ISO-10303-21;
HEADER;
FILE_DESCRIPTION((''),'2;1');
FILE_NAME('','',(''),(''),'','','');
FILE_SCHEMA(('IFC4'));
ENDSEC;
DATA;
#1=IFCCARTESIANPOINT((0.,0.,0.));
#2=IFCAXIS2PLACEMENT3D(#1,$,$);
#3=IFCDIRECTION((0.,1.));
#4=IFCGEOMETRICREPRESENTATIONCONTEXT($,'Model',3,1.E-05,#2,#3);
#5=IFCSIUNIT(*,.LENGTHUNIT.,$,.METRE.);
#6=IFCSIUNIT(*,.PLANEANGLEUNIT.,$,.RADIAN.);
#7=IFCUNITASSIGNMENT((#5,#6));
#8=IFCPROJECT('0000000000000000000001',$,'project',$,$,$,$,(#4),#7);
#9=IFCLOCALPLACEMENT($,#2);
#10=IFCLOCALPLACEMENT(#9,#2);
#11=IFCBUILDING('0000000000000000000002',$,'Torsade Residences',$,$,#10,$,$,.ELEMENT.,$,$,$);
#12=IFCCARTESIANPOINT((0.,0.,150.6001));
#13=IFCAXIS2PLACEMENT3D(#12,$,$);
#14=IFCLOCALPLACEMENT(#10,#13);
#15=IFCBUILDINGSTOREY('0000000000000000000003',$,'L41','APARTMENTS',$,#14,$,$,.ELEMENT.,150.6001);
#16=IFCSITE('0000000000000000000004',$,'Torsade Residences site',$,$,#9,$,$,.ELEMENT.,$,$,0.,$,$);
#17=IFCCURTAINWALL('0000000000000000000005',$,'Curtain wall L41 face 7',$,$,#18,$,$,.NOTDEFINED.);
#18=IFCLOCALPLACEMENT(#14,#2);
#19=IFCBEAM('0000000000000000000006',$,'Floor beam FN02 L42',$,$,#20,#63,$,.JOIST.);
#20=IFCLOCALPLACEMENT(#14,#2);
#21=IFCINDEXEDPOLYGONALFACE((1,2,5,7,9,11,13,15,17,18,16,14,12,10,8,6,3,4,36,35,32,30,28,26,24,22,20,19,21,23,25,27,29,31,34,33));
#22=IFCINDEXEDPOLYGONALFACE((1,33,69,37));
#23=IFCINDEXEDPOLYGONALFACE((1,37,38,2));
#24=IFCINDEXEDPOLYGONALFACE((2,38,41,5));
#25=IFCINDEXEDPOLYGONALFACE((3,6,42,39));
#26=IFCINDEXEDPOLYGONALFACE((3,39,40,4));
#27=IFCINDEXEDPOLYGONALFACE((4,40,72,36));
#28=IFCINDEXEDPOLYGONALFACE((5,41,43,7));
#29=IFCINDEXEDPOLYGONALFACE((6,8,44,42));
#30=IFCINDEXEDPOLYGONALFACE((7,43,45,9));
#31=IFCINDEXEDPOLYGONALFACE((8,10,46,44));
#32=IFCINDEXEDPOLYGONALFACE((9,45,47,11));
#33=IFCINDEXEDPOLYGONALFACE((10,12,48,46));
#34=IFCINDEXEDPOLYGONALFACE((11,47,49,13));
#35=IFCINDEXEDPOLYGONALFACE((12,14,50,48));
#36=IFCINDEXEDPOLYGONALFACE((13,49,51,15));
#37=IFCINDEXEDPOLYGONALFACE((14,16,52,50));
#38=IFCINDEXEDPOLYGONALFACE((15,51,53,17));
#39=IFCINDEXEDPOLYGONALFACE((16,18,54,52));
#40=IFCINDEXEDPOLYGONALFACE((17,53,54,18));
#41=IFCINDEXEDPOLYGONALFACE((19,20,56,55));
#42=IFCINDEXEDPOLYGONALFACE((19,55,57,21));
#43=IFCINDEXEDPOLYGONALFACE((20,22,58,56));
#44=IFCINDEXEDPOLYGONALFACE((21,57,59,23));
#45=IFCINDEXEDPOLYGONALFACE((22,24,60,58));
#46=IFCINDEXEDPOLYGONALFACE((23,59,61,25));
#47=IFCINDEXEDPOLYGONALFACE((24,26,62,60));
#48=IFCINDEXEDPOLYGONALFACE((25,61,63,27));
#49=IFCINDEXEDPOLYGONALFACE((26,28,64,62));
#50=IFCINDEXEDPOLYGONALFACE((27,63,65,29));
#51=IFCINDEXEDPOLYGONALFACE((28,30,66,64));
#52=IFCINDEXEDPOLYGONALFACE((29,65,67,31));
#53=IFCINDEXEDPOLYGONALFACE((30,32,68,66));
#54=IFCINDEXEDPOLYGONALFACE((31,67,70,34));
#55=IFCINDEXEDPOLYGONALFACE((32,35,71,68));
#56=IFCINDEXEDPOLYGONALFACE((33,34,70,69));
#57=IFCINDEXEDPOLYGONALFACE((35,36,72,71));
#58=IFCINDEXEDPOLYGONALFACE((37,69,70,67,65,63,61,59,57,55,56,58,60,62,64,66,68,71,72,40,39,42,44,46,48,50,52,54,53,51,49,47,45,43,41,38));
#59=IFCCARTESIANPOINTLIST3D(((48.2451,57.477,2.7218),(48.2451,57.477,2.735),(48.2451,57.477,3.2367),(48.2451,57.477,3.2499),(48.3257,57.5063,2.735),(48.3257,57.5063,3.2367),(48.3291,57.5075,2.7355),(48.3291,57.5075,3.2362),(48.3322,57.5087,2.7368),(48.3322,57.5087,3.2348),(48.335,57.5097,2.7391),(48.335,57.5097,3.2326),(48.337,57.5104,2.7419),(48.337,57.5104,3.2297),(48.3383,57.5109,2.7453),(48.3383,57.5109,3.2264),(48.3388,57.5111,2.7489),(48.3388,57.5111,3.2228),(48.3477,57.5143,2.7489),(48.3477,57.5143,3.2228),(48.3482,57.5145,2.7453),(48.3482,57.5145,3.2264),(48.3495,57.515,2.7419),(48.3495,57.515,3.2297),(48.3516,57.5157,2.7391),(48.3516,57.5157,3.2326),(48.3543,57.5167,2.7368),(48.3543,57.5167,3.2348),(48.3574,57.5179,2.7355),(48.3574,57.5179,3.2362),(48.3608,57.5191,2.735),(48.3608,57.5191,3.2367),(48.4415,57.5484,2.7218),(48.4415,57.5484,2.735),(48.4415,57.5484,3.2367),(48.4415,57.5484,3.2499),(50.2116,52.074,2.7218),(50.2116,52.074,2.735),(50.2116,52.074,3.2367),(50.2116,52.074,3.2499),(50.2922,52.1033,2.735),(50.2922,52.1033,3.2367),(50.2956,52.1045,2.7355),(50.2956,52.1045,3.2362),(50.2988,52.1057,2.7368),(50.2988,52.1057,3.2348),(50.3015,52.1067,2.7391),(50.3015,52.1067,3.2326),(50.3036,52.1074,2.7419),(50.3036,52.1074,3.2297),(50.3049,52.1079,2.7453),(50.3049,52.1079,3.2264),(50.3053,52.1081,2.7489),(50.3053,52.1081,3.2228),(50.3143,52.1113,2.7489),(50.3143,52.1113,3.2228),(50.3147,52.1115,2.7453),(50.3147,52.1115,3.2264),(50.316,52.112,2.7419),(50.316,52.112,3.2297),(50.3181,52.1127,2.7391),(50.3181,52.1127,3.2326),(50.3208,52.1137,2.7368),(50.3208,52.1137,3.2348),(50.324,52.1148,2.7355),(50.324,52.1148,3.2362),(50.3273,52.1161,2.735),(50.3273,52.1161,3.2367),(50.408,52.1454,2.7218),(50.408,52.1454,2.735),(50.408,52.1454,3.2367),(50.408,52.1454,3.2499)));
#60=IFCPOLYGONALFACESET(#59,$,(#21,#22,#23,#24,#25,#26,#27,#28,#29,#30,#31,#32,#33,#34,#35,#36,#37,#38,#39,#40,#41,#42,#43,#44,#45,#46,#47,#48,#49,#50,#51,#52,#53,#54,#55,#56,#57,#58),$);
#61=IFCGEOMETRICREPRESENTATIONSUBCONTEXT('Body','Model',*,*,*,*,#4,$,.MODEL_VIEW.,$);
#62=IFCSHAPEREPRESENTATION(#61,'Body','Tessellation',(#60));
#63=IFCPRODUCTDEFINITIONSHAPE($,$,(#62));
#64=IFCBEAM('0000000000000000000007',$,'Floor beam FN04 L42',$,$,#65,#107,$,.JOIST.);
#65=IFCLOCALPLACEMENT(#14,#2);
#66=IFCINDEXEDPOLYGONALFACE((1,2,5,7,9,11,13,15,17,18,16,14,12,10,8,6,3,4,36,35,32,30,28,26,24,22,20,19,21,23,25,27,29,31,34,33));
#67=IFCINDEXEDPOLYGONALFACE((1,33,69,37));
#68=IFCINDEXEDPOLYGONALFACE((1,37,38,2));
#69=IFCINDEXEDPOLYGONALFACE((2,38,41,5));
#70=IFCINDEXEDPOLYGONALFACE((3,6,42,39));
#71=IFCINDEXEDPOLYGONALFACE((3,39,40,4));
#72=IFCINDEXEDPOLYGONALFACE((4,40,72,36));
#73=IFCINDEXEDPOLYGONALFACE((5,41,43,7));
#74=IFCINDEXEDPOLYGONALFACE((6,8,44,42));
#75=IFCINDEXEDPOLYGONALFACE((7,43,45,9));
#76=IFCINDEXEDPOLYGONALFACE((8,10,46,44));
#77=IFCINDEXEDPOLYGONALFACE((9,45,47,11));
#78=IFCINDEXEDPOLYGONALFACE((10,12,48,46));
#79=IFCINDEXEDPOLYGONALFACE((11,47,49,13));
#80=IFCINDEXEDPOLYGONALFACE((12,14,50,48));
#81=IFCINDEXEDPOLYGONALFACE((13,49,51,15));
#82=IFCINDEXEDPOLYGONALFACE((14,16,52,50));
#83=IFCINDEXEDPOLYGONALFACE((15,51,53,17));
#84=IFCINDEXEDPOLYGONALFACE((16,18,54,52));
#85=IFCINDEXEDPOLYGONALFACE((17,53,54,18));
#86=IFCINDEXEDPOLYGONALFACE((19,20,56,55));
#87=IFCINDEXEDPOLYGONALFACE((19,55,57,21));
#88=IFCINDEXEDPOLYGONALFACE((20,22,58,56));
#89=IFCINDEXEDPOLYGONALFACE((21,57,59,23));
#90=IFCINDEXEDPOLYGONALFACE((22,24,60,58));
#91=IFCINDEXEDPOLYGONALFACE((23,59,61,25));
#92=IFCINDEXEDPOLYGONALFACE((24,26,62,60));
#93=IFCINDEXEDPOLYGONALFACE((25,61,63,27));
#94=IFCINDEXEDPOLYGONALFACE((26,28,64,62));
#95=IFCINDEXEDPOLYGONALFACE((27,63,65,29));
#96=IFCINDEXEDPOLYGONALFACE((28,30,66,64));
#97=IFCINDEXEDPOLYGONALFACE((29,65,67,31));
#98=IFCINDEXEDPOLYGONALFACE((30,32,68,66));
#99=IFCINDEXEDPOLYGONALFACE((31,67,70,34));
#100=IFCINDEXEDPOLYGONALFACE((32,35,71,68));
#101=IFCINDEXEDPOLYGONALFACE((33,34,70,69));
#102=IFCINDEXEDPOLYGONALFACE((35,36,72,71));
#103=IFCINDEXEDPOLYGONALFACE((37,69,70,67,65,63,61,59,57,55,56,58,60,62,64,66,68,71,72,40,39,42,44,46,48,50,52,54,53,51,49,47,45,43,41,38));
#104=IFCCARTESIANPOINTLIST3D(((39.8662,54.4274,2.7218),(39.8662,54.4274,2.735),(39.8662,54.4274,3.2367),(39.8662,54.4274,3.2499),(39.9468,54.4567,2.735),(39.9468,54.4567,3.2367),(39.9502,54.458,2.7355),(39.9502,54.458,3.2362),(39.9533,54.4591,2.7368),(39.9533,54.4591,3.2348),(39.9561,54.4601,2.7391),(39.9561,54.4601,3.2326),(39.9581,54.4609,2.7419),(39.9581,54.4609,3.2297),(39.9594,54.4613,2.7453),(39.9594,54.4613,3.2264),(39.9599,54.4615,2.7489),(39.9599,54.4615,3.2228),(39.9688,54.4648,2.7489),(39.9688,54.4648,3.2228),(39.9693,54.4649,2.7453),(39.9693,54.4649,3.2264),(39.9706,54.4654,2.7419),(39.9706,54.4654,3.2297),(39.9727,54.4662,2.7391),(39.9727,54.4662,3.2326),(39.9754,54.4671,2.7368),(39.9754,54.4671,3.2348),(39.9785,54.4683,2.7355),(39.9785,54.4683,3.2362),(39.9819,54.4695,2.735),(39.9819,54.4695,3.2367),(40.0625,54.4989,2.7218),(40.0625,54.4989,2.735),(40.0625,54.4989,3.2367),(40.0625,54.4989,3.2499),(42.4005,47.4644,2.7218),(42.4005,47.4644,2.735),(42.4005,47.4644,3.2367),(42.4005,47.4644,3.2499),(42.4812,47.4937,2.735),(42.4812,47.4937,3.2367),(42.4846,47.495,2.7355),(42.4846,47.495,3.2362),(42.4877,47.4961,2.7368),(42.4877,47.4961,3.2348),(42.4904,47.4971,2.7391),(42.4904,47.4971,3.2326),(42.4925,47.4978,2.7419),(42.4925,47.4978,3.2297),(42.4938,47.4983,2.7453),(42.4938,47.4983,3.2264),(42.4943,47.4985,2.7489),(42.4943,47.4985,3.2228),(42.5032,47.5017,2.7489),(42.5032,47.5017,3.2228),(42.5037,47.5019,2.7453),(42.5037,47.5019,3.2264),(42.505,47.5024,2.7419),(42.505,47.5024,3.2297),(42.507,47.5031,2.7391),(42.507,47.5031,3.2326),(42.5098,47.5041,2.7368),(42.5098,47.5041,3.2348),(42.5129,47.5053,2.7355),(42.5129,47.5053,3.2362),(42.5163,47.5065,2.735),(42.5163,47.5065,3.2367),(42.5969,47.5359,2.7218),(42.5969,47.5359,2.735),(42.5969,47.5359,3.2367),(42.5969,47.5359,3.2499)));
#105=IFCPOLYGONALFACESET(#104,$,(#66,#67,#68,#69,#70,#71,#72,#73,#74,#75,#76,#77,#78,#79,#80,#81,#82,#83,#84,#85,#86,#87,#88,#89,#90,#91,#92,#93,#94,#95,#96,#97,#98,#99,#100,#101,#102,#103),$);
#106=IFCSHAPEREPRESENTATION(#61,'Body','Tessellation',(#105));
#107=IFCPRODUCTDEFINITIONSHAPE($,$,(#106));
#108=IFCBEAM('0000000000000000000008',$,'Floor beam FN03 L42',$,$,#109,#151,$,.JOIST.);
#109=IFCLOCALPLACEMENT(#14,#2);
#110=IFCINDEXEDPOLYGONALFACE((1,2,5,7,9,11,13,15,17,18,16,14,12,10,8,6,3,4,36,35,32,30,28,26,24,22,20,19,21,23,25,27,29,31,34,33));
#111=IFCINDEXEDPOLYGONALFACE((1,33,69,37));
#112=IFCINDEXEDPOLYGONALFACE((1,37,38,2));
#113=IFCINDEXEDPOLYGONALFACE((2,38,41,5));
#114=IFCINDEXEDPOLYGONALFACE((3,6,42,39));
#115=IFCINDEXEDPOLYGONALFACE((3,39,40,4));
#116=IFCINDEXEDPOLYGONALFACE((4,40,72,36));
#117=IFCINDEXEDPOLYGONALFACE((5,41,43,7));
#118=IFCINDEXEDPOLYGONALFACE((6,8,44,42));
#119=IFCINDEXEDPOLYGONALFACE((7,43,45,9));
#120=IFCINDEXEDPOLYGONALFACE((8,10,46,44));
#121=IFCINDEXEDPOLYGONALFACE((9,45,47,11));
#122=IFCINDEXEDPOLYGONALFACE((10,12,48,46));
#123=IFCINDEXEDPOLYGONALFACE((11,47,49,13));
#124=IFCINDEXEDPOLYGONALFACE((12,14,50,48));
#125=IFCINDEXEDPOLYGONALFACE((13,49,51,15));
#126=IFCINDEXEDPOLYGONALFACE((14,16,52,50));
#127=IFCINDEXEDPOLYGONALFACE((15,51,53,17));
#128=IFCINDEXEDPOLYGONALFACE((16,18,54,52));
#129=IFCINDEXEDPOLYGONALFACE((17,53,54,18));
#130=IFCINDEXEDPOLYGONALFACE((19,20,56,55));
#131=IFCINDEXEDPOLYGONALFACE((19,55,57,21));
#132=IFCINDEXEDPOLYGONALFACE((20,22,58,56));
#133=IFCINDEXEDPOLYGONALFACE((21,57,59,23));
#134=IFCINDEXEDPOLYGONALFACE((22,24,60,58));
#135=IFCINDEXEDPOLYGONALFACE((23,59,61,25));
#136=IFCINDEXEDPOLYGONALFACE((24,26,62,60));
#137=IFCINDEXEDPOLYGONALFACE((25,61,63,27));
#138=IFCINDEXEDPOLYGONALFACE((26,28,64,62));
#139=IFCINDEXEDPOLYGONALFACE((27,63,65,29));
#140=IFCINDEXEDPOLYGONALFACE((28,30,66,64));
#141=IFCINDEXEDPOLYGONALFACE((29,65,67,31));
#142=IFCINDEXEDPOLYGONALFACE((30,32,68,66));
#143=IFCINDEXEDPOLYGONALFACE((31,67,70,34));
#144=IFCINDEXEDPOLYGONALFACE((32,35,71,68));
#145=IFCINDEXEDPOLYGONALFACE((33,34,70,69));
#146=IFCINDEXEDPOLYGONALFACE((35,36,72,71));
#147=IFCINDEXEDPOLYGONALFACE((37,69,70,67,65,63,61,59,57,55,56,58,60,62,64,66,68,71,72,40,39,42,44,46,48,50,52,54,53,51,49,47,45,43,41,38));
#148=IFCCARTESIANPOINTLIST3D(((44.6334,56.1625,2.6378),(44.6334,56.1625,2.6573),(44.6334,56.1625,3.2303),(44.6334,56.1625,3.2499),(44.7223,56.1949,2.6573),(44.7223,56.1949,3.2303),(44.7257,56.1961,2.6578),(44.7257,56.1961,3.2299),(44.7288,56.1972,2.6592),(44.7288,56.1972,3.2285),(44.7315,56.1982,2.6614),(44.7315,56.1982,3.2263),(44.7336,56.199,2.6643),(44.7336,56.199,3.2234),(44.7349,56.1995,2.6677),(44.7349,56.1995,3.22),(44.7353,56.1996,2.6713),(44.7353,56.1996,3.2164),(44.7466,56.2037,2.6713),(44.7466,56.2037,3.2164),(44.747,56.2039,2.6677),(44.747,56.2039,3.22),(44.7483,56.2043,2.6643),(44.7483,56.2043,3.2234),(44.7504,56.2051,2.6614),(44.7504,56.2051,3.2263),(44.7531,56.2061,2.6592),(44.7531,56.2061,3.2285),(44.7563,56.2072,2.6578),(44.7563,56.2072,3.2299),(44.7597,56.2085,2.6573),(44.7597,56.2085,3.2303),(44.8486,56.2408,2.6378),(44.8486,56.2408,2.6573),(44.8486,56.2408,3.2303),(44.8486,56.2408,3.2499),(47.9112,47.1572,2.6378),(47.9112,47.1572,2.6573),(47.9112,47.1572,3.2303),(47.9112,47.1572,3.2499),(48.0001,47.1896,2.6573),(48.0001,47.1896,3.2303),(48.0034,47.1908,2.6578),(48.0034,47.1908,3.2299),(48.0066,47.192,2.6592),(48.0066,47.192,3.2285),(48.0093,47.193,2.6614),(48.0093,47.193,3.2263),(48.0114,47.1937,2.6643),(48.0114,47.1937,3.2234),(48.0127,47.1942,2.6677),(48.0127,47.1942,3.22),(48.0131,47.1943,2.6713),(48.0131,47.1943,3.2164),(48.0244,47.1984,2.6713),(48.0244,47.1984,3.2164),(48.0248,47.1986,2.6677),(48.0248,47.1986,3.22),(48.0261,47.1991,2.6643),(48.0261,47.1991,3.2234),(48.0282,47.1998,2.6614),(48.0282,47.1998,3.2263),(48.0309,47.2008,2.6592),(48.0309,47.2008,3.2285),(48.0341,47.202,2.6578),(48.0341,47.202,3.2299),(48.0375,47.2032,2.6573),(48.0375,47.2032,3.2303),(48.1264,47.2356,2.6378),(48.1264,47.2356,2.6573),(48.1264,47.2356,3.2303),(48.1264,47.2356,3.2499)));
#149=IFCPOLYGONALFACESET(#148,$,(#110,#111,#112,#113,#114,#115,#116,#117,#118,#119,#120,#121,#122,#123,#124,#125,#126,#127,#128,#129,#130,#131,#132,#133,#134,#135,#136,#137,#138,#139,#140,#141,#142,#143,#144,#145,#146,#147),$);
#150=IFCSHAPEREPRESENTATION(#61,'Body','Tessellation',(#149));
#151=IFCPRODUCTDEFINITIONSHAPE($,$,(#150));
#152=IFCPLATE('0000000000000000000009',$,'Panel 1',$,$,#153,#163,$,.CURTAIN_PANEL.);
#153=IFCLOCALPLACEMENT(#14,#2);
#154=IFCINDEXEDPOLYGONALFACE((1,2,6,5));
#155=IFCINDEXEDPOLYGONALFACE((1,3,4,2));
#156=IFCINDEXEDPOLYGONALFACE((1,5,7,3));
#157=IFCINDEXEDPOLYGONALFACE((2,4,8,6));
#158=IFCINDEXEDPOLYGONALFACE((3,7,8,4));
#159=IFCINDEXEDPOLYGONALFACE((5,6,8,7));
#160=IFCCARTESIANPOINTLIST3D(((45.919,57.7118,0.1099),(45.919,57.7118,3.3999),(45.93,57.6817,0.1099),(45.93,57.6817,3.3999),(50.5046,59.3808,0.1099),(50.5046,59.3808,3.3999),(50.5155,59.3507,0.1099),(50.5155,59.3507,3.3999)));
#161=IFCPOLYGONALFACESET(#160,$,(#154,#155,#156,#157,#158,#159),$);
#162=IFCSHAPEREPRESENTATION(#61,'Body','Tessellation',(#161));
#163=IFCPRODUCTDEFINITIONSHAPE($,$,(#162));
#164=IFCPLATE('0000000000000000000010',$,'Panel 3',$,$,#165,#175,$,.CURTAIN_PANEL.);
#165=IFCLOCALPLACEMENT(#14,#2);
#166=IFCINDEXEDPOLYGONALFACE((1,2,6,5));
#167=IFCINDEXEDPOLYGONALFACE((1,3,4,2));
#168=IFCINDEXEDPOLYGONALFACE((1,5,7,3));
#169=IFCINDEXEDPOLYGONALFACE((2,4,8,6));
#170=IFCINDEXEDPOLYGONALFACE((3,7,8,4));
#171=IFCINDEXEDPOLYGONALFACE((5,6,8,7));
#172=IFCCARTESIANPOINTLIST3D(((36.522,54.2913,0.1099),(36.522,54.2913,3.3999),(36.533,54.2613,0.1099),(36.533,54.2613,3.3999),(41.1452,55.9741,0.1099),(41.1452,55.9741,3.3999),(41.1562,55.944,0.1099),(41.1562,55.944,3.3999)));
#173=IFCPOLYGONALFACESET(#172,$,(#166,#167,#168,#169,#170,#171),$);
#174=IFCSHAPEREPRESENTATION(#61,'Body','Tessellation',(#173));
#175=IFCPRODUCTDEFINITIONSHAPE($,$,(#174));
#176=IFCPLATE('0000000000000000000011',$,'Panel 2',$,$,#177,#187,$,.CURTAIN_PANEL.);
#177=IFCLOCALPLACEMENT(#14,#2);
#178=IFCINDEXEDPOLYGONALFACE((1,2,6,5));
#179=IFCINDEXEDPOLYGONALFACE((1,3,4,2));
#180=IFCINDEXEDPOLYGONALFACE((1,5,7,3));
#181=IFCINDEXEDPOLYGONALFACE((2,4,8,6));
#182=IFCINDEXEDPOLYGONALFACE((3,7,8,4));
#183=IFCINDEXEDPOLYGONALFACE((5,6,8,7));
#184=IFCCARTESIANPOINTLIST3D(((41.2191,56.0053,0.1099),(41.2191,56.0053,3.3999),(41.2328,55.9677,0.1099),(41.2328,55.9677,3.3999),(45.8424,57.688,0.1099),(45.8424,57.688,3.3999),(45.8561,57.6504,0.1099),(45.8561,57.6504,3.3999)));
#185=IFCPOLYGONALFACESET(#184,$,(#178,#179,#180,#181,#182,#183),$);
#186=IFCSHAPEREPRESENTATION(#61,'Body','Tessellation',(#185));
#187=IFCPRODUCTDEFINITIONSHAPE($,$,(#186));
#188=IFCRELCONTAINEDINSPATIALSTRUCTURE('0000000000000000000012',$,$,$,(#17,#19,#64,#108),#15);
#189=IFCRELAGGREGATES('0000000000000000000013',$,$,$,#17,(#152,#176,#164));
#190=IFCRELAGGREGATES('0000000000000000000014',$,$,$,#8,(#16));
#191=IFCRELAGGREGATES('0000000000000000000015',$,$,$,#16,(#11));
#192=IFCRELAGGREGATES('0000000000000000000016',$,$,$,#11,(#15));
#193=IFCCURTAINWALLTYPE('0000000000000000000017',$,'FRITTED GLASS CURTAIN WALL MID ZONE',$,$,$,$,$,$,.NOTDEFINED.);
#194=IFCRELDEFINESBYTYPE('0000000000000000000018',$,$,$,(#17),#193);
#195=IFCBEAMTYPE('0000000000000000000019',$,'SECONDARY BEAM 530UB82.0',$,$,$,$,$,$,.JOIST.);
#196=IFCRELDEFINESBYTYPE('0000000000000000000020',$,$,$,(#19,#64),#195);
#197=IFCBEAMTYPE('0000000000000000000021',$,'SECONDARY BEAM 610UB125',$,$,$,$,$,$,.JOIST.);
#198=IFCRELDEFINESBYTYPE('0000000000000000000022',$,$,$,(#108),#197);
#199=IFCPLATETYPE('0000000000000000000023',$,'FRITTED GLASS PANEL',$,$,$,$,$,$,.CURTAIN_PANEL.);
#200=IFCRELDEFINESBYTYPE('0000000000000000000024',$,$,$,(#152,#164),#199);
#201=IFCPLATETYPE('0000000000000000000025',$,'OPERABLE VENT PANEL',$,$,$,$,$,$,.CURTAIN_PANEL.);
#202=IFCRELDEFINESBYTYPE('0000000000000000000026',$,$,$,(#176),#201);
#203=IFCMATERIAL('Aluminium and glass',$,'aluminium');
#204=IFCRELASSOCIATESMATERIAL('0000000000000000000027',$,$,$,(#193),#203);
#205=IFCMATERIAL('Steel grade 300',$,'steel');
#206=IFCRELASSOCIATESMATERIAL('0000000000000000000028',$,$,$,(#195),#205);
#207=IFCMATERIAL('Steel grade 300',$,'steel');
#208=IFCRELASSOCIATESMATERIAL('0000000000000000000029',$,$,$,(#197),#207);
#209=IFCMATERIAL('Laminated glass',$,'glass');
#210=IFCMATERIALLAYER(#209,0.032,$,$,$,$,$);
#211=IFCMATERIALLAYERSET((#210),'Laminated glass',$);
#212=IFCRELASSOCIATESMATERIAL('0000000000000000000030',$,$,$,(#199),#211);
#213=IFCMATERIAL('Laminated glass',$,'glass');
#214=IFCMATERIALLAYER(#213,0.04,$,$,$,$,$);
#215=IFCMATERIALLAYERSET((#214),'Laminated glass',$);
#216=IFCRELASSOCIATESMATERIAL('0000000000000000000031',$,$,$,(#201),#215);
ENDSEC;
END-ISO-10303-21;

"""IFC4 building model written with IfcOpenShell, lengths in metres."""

from ifc_helpers import new_model, si_unit, direction, frame, origin, origin_2d, place, context, subcontext, project, spatial, rectangle, i_section, extrude, material, layer, layer_set, material_profile, profile_set, type_object, element, aggregate, save


model = new_model("IFC4")

# Units and contexts
model_context = context("Model", 3, precision=1e-05, world=origin(), true_north=direction((0.0, 1.0)))
body_context = subcontext(model_context, "Body", "Model", "MODEL_VIEW")
ifc_project = project(units=[si_unit("LENGTHUNIT", "METRE"), si_unit("PLANEANGLEUNIT", "RADIAN")], contexts=[model_context])

# Site, building, storey
site_placement = place(None, origin())
site = spatial("IfcSite", under=ifc_project, at=site_placement, Name="Torsade Residences site", CompositionType="ELEMENT", RefElevation=0.0)
building_placement = place(site_placement, origin())
building = spatial("IfcBuilding", under=site, at=building_placement, Name="Torsade Residences", CompositionType="ELEMENT")
storey_placement = place(building_placement, frame((0.0, 0.0, 150.6001)))
storey = spatial("IfcBuildingStorey", under=building, at=storey_placement, Name="L41", Description="APARTMENTS", CompositionType="ELEMENT", Elevation=150.6001)

# Curtain wall
ifc_material_1 = material(Name="Aluminium and glass", Category="aluminium")
curtain_wall_type = type_object("IfcCurtainWallType", Name="FRITTED GLASS CURTAIN WALL MID ZONE", PredefinedType="NOTDEFINED", material=ifc_material_1)
curtain_wall_placement = place(storey_placement, origin())
curtain_wall = element("IfcCurtainWall", 1, at=curtain_wall_placement, inside=storey, type_object=curtain_wall_type, Name="Curtain wall L41 face 7", PredefinedType="NOTDEFINED")

# Beams
ifc_material_2 = material(Name="Steel grade 300", Category="steel")
ifc_material_profile_1 = material_profile(ifc_material_2, i_section(OverallWidth=0.209, OverallDepth=0.5281, WebThickness=0.0095, FlangeThickness=0.0132, FilletRadius=0.0139, at=origin_2d()), Name="530UB82.0")
ifc_profile_set_1 = profile_set([ifc_material_profile_1], Name="Steel grade 300")
beam_type_1 = type_object("IfcBeamType", Name="SECONDARY BEAM 530UB82.0", PredefinedType="JOIST", material=ifc_profile_set_1)
beam_1_placement = place(storey_placement, frame((48.3433, 57.5127, 2.9858), z_axis=(0.342019, -0.939693, 0.0), x_axis=(0.939693, 0.342019, 0.0)))
element("IfcBeam", 2, at=beam_1_placement, inside=storey, type_object=beam_type_1, Name="Floor beam FN02 L42", PredefinedType="JOIST", context=body_context, shape_type="SweptSolid", body=[
    extrude(i_section(OverallWidth=0.209, OverallDepth=0.5281, WebThickness=0.0095, FlangeThickness=0.0132, FilletRadius=0.0139, at=origin_2d()), origin(), (0.0, 0.0, 1.0), 5.7498),
])
beam_2_placement = place(storey_placement, frame((39.9644, 54.4631, 2.9858), z_axis=(0.342026, -0.93969, 0.0), x_axis=(0.93969, 0.342026, 0.0)))
element("IfcBeam", 3, at=beam_2_placement, inside=storey, type_object=beam_type_1, Name="Floor beam FN04 L42", PredefinedType="JOIST", context=body_context, shape_type="SweptSolid", body=[
    extrude(i_section(OverallWidth=0.209, OverallDepth=0.5281, WebThickness=0.0095, FlangeThickness=0.0132, FilletRadius=0.0139, at=origin_2d()), origin(), (0.0, 0.0, 1.0), 7.4099),
])
ifc_material_3 = material(Name="Steel grade 300", Category="steel")
ifc_material_profile_2 = material_profile(ifc_material_3, i_section(OverallWidth=0.229, OverallDepth=0.6121, WebThickness=0.012, FlangeThickness=0.0195, FilletRadius=0.0139, at=origin_2d()), Name="610UB125")
ifc_profile_set_2 = profile_set([ifc_material_profile_2], Name="Steel grade 300")
beam_type_2 = type_object("IfcBeamType", Name="SECONDARY BEAM 610UB125", PredefinedType="JOIST", material=ifc_profile_set_2)
beam_3_placement = place(storey_placement, frame((44.741, 56.2017, 2.9438), z_axis=(0.342034, -0.939688, 0.0), x_axis=(0.939688, 0.342034, 0.0)))
element("IfcBeam", 4, at=beam_3_placement, inside=storey, type_object=beam_type_2, Name="Floor beam FN03 L42", PredefinedType="JOIST", context=body_context, shape_type="SweptSolid", body=[
    extrude(i_section(OverallWidth=0.229, OverallDepth=0.6121, WebThickness=0.012, FlangeThickness=0.0195, FilletRadius=0.0139, at=origin_2d()), origin(), (0.0, 0.0, 1.0), 9.5833),
])

# Plates
ifc_material_4 = material(Name="Laminated glass", Category="glass")
ifc_layer_1 = layer(ifc_material_4, 0.032)
ifc_layer_set_1 = layer_set([ifc_layer_1], Name="Laminated glass")
plate_type_1 = type_object("IfcPlateType", Name="FRITTED GLASS PANEL", PredefinedType="CURTAIN_PANEL", material=ifc_layer_set_1)
plate_1_placement = place(storey_placement, frame((48.2173, 58.5312, 0.1099), z_axis=(0.0, 0.0, 1.0), x_axis=(-0.939693, -0.34202, 0.0)))
plate_1 = element("IfcPlate", 5, at=plate_1_placement, type_object=plate_type_1, Name="Panel 1", PredefinedType="CURTAIN_PANEL", context=body_context, shape_type="SweptSolid", body=[
    extrude(rectangle(XDim=4.8799, YDim=0.032, at=origin_2d()), origin(), (0.0, 0.0, 1.0), 3.29),
])
plate_2_placement = place(storey_placement, frame((38.8391, 55.1177, 0.1099), z_axis=(0.0, 0.0, 1.0), x_axis=(-0.939693, -0.34202, 0.0)))
plate_2 = element("IfcPlate", 6, at=plate_2_placement, type_object=plate_type_1, Name="Panel 3", PredefinedType="CURTAIN_PANEL", context=body_context, shape_type="SweptSolid", body=[
    extrude(rectangle(XDim=4.9199, YDim=0.032, at=origin_2d()), origin(), (0.0, 0.0, 1.0), 3.29),
])
ifc_material_5 = material(Name="Laminated glass", Category="glass")
ifc_layer_2 = layer(ifc_material_5, 0.04)
ifc_layer_set_2 = layer_set([ifc_layer_2], Name="Laminated glass")
plate_type_2 = type_object("IfcPlateType", Name="OPERABLE VENT PANEL", PredefinedType="CURTAIN_PANEL", material=ifc_layer_set_2)
plate_3_placement = place(storey_placement, frame((43.5376, 56.8279, 0.1099), z_axis=(0.0, 0.0, 1.0), x_axis=(-0.939693, -0.34202, 0.0)))
plate_3 = element("IfcPlate", 7, at=plate_3_placement, type_object=plate_type_2, Name="Panel 2", PredefinedType="CURTAIN_PANEL", context=body_context, shape_type="SweptSolid", body=[
    extrude(rectangle(XDim=4.9199, YDim=0.04, at=origin_2d()), origin(), (0.0, 0.0, 1.0), 3.29),
])
aggregate(curtain_wall, [plate_1, plate_3, plate_2])

save(model, "model.ifc")
